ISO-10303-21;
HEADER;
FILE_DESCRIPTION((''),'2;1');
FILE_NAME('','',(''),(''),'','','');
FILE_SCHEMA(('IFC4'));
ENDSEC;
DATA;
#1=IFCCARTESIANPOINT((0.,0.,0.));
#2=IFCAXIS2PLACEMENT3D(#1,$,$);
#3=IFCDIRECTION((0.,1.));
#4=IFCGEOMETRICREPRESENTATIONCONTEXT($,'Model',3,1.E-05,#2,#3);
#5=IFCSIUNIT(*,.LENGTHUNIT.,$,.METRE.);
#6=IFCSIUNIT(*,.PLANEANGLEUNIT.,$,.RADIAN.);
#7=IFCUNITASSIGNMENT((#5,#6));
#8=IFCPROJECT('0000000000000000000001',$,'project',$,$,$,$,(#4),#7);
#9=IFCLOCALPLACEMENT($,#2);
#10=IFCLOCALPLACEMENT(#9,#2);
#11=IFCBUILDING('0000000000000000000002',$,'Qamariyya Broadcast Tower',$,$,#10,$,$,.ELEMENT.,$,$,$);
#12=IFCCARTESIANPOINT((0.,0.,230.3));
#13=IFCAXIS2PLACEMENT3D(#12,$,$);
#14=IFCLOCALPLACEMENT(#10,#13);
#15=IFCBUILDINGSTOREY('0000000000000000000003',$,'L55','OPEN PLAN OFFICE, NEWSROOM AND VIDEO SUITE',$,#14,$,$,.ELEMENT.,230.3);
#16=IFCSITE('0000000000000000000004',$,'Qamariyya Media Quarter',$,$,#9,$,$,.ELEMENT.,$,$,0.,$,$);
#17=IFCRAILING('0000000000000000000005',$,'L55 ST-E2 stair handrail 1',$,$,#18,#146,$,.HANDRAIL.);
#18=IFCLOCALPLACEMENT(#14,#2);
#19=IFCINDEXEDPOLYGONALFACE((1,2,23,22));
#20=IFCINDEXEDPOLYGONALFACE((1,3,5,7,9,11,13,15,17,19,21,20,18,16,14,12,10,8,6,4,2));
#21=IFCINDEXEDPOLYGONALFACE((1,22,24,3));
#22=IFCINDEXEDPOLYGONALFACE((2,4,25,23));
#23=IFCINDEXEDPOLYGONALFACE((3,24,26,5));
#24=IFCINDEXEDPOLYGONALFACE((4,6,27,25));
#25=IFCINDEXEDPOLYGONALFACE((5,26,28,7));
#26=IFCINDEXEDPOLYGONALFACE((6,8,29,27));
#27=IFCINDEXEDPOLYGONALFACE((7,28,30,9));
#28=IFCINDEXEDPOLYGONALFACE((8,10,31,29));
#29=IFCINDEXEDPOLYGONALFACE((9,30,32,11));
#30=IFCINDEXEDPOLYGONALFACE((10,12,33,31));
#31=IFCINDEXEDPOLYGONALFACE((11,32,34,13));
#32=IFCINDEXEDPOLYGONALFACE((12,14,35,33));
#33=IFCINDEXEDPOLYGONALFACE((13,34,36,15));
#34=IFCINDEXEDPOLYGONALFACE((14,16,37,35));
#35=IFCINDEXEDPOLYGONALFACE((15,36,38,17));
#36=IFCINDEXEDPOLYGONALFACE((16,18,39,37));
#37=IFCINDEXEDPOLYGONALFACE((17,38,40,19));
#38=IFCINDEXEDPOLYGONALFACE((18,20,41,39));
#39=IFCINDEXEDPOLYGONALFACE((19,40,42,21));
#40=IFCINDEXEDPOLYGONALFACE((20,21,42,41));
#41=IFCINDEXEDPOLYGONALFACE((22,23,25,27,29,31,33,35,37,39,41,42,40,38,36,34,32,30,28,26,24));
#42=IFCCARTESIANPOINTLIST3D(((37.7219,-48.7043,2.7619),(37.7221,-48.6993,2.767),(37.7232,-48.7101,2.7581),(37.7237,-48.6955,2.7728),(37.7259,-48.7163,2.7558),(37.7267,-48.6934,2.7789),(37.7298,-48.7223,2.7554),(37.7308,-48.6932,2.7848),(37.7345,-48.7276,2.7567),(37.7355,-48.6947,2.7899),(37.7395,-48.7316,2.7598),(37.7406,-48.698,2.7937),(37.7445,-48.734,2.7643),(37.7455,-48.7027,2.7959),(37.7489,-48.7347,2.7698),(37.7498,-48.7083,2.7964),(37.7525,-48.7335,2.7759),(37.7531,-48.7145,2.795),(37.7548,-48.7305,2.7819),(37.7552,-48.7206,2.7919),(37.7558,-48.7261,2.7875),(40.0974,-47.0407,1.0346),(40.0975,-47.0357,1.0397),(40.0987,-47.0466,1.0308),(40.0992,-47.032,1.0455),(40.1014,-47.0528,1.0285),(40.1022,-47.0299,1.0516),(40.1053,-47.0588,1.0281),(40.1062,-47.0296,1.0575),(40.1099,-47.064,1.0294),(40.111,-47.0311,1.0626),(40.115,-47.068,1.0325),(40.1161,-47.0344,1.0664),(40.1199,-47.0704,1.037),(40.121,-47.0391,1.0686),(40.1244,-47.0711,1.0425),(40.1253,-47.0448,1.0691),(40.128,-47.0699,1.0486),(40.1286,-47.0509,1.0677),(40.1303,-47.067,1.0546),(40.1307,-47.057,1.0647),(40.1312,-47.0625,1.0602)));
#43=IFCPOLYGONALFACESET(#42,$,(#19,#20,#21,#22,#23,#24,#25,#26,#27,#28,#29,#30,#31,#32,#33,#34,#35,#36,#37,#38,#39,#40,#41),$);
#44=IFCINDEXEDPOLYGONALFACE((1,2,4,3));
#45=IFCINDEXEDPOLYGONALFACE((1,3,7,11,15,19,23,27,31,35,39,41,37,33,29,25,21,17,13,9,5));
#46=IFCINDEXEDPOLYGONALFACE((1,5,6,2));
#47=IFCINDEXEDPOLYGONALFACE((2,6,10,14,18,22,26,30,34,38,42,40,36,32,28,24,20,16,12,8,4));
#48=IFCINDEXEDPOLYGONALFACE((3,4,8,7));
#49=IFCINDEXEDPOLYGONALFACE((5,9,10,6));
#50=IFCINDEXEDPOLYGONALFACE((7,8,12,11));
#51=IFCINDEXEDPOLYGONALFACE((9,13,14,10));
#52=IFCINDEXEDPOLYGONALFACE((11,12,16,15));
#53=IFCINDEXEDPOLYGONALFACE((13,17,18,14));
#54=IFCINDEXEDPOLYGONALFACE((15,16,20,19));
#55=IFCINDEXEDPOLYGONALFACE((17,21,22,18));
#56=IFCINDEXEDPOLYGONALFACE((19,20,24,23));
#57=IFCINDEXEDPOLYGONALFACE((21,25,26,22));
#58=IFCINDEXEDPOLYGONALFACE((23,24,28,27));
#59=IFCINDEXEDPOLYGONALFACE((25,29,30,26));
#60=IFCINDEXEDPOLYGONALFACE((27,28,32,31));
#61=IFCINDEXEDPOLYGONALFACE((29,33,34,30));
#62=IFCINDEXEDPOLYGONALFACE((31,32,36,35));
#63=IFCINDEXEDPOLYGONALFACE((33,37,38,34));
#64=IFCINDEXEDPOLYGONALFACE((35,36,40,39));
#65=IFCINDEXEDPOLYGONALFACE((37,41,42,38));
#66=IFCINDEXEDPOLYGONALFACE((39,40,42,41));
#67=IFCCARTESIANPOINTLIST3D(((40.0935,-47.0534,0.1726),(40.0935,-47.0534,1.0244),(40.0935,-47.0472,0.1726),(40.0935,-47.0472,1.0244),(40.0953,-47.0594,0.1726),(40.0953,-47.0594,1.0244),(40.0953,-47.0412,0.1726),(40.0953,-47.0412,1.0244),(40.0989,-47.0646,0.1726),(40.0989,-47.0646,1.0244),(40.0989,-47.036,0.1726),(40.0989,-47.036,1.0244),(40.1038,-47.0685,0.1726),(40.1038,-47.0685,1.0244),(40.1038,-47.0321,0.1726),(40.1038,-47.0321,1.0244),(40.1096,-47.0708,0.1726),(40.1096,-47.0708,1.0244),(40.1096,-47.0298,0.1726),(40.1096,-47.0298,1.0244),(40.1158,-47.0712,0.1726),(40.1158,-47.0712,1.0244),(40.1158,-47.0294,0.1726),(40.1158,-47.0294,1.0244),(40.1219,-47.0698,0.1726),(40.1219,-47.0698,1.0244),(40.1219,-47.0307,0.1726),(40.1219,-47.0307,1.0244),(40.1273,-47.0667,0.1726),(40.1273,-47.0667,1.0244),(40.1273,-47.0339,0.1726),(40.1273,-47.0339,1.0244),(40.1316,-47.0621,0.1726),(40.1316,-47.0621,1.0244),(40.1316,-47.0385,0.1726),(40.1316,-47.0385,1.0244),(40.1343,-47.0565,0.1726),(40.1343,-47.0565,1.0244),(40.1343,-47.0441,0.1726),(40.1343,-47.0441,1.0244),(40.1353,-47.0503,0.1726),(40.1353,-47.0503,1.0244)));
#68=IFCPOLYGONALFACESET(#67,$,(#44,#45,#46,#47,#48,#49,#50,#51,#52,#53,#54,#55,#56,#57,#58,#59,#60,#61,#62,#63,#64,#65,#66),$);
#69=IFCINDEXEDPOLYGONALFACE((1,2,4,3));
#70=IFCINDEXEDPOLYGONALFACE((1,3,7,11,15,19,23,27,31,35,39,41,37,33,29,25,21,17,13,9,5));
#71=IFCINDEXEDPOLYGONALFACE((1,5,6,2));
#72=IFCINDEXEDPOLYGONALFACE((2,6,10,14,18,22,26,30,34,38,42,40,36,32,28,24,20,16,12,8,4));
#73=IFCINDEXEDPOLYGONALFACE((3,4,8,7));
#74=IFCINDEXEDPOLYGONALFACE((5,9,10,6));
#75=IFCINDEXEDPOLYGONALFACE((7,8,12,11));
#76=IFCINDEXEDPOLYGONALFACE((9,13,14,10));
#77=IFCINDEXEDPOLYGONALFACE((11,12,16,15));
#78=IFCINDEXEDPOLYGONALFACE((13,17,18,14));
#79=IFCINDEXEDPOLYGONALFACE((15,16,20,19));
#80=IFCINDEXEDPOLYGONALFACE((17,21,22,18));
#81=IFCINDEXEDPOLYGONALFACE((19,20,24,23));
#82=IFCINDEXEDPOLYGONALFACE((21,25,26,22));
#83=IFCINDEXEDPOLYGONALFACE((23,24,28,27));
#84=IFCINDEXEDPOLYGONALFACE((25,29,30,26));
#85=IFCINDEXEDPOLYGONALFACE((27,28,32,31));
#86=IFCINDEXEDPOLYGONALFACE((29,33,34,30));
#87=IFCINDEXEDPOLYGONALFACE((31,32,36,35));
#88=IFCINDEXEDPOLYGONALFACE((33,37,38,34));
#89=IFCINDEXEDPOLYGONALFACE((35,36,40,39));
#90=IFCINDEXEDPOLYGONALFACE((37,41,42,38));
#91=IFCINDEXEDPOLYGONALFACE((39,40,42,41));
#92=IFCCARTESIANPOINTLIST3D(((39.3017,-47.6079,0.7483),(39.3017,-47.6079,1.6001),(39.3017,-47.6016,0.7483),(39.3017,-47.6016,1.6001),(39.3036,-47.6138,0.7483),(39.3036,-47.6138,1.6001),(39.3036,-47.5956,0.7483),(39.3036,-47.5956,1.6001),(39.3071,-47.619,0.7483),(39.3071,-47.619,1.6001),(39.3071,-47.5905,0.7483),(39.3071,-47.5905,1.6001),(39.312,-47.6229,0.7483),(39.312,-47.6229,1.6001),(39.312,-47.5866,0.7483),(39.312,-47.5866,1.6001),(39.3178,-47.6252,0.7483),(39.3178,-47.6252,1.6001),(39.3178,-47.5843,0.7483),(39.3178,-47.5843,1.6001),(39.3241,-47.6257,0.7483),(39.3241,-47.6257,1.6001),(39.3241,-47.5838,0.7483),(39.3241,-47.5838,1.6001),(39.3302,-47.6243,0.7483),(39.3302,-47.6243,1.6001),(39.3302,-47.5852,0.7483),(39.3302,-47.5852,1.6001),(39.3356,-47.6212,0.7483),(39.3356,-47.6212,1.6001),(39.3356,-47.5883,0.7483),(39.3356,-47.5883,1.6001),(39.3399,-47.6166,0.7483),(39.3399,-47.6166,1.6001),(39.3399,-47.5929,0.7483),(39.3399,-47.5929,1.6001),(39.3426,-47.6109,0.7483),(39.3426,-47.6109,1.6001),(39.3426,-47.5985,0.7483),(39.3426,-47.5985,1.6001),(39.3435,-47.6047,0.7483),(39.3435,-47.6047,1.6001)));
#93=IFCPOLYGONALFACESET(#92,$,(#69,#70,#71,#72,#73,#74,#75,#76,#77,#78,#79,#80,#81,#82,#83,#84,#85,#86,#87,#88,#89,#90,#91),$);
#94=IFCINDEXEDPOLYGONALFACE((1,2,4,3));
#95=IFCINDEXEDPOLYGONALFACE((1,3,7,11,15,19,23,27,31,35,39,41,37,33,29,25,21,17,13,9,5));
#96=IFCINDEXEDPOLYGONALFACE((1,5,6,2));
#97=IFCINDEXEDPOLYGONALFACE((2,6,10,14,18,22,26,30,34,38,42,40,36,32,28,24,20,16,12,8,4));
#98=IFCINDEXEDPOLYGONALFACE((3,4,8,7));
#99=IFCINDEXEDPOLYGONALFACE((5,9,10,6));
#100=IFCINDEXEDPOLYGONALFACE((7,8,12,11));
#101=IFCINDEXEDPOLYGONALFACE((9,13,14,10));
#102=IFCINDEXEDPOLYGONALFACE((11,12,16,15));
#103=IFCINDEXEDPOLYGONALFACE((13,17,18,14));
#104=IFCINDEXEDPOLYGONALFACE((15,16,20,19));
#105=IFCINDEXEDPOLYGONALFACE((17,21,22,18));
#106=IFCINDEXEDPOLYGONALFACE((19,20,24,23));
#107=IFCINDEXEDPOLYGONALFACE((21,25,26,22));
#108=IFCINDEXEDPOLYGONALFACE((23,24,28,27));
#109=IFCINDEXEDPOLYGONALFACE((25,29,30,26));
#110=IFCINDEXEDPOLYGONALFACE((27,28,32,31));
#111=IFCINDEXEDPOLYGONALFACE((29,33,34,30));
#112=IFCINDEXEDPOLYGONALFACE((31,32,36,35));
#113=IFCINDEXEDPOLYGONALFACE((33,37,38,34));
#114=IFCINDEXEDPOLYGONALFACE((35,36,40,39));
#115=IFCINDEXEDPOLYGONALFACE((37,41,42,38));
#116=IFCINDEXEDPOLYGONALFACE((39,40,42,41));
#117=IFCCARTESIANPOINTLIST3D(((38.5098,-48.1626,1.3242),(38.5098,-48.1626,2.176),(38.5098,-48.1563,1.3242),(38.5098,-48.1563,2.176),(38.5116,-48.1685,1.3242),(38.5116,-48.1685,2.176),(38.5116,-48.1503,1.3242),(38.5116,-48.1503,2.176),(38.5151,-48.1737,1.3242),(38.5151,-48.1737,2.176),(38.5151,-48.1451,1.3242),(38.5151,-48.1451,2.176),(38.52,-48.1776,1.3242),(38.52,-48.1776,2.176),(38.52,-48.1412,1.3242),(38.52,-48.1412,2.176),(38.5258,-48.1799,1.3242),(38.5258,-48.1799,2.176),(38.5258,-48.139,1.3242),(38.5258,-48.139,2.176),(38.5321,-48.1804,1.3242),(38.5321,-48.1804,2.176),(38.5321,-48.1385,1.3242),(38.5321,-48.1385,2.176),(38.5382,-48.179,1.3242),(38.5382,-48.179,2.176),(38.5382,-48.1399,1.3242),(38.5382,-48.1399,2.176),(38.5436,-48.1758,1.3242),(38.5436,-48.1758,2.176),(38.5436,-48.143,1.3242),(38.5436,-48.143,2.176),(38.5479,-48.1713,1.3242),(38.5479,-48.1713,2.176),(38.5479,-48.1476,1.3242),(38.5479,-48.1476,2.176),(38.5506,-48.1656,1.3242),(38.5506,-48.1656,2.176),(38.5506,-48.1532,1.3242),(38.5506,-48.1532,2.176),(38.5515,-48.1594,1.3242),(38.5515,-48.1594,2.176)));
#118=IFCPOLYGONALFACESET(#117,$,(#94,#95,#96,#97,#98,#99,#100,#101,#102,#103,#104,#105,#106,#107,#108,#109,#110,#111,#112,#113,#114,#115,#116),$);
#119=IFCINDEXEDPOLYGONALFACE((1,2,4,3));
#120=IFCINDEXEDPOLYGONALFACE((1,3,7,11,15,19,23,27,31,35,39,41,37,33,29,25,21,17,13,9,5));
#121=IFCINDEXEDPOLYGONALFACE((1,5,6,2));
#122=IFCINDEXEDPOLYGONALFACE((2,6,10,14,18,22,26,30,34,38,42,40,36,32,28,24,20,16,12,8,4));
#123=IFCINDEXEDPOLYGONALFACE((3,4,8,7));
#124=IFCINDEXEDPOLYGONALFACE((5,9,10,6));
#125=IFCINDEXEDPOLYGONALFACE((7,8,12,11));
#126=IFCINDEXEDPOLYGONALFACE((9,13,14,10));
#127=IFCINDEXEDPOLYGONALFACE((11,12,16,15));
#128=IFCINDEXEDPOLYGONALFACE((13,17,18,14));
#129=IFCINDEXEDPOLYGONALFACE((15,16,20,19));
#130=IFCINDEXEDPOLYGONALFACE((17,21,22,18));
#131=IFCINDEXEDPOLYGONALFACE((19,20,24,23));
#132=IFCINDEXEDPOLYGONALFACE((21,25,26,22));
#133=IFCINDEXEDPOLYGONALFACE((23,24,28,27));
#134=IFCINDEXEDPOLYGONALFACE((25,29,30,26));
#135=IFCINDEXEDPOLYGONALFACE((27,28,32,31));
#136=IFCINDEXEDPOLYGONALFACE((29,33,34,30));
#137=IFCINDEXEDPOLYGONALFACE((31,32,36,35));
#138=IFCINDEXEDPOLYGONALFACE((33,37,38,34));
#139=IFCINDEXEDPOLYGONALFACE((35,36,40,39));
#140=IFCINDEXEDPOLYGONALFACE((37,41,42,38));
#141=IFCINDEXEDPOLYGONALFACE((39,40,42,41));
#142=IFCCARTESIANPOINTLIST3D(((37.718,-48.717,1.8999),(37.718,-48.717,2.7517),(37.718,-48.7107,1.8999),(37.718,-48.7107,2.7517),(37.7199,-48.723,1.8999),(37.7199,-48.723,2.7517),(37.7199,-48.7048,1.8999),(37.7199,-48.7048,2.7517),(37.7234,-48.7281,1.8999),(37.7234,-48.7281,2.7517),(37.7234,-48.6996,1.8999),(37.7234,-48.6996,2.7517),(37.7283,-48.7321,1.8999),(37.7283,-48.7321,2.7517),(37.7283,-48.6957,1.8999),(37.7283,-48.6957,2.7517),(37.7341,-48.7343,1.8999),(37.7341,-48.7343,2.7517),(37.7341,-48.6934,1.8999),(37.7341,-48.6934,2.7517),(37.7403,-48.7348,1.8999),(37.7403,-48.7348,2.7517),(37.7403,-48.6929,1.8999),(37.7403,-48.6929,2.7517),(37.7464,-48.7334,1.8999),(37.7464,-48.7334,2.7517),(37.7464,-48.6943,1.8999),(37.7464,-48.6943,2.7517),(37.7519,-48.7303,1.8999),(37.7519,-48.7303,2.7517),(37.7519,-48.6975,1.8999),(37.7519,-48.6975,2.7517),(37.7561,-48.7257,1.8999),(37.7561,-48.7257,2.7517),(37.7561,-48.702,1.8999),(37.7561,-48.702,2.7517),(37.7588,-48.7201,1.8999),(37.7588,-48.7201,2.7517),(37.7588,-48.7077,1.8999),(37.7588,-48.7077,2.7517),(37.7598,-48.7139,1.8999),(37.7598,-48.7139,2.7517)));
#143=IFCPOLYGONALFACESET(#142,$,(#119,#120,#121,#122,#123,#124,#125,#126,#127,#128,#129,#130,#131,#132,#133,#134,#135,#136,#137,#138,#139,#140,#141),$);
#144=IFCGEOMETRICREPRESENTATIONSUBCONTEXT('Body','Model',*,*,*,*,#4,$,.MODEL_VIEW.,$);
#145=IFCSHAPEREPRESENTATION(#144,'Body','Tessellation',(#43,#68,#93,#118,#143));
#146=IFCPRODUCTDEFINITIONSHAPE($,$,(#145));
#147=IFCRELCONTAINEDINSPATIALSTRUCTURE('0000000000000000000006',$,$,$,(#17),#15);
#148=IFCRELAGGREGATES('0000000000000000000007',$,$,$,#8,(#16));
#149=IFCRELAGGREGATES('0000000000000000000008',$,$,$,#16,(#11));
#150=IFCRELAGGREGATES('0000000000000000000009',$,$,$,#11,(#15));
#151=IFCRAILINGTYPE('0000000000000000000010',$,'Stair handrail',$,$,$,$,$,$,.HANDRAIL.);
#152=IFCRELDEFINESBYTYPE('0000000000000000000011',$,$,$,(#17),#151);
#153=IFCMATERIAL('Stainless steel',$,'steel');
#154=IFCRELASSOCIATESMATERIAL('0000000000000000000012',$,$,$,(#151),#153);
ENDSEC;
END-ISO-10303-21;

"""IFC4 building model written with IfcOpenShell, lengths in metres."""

from ifc_helpers import new_model, si_unit, direction, frame, origin, origin_2d, place, context, subcontext, project, spatial, circle, extrude, material, type_object, element, save


model = new_model("IFC4")

# Units and contexts
model_context = context("Model", 3, precision=1e-05, world=origin(), true_north=direction((0.0, 1.0)))
body_context = subcontext(model_context, "Body", "Model", "MODEL_VIEW")
ifc_project = project(units=[si_unit("LENGTHUNIT", "METRE"), si_unit("PLANEANGLEUNIT", "RADIAN")], contexts=[model_context])

# Site, building, storey
site_placement = place(None, origin())
site = spatial("IfcSite", under=ifc_project, at=site_placement, Name="Qamariyya Media Quarter", CompositionType="ELEMENT", RefElevation=0.0)
building_placement = place(site_placement, origin())
building = spatial("IfcBuilding", under=site, at=building_placement, Name="Qamariyya Broadcast Tower", CompositionType="ELEMENT")
storey_placement = place(building_placement, frame((0.0, 0.0, 230.3)))
storey = spatial("IfcBuildingStorey", under=building, at=storey_placement, Name="L55", Description="OPEN PLAN OFFICE, NEWSROOM AND VIDEO SUITE", CompositionType="ELEMENT", Elevation=230.3)

# Railing
ifc_material_1 = material(Name="Stainless steel", Category="steel")
railing_type_1 = type_object("IfcRailingType", Name="Stair handrail", PredefinedType="HANDRAIL", material=ifc_material_1)
railing_1_placement = place(storey_placement, frame((40.1143, -47.0503, 0.1726)))
element("IfcRailing", 1, at=railing_1_placement, inside=storey, type_object=railing_type_1, Name="L55 ST-E2 stair handrail 1", PredefinedType="HANDRAIL", context=body_context, shape_type="SweptSolid", body=[
    extrude(circle(Radius=0.0239, at=origin_2d()), frame((0.0, 0.0, 0.876), z_axis=(-0.703745, -0.492838, 0.511716), x_axis=(0.573632, -0.819113, 0.0)), (0.0, 0.0, 1.0), 3.3755),
    extrude(circle(Radius=0.021, at=origin_2d()), origin(), (0.0, 0.0, 1.0), 0.8518),
    extrude(circle(Radius=0.021, at=origin_2d()), frame((-0.7917, -0.5544, 0.5757)), (0.0, 0.0, 1.0), 0.8518),
    extrude(circle(Radius=0.021, at=origin_2d()), frame((-1.5837, -1.1091, 1.1516)), (0.0, 0.0, 1.0), 0.8518),
    extrude(circle(Radius=0.021, at=origin_2d()), frame((-2.3755, -1.6636, 1.7273)), (0.0, 0.0, 1.0), 0.8518),
])

save(model, "model.ifc")
